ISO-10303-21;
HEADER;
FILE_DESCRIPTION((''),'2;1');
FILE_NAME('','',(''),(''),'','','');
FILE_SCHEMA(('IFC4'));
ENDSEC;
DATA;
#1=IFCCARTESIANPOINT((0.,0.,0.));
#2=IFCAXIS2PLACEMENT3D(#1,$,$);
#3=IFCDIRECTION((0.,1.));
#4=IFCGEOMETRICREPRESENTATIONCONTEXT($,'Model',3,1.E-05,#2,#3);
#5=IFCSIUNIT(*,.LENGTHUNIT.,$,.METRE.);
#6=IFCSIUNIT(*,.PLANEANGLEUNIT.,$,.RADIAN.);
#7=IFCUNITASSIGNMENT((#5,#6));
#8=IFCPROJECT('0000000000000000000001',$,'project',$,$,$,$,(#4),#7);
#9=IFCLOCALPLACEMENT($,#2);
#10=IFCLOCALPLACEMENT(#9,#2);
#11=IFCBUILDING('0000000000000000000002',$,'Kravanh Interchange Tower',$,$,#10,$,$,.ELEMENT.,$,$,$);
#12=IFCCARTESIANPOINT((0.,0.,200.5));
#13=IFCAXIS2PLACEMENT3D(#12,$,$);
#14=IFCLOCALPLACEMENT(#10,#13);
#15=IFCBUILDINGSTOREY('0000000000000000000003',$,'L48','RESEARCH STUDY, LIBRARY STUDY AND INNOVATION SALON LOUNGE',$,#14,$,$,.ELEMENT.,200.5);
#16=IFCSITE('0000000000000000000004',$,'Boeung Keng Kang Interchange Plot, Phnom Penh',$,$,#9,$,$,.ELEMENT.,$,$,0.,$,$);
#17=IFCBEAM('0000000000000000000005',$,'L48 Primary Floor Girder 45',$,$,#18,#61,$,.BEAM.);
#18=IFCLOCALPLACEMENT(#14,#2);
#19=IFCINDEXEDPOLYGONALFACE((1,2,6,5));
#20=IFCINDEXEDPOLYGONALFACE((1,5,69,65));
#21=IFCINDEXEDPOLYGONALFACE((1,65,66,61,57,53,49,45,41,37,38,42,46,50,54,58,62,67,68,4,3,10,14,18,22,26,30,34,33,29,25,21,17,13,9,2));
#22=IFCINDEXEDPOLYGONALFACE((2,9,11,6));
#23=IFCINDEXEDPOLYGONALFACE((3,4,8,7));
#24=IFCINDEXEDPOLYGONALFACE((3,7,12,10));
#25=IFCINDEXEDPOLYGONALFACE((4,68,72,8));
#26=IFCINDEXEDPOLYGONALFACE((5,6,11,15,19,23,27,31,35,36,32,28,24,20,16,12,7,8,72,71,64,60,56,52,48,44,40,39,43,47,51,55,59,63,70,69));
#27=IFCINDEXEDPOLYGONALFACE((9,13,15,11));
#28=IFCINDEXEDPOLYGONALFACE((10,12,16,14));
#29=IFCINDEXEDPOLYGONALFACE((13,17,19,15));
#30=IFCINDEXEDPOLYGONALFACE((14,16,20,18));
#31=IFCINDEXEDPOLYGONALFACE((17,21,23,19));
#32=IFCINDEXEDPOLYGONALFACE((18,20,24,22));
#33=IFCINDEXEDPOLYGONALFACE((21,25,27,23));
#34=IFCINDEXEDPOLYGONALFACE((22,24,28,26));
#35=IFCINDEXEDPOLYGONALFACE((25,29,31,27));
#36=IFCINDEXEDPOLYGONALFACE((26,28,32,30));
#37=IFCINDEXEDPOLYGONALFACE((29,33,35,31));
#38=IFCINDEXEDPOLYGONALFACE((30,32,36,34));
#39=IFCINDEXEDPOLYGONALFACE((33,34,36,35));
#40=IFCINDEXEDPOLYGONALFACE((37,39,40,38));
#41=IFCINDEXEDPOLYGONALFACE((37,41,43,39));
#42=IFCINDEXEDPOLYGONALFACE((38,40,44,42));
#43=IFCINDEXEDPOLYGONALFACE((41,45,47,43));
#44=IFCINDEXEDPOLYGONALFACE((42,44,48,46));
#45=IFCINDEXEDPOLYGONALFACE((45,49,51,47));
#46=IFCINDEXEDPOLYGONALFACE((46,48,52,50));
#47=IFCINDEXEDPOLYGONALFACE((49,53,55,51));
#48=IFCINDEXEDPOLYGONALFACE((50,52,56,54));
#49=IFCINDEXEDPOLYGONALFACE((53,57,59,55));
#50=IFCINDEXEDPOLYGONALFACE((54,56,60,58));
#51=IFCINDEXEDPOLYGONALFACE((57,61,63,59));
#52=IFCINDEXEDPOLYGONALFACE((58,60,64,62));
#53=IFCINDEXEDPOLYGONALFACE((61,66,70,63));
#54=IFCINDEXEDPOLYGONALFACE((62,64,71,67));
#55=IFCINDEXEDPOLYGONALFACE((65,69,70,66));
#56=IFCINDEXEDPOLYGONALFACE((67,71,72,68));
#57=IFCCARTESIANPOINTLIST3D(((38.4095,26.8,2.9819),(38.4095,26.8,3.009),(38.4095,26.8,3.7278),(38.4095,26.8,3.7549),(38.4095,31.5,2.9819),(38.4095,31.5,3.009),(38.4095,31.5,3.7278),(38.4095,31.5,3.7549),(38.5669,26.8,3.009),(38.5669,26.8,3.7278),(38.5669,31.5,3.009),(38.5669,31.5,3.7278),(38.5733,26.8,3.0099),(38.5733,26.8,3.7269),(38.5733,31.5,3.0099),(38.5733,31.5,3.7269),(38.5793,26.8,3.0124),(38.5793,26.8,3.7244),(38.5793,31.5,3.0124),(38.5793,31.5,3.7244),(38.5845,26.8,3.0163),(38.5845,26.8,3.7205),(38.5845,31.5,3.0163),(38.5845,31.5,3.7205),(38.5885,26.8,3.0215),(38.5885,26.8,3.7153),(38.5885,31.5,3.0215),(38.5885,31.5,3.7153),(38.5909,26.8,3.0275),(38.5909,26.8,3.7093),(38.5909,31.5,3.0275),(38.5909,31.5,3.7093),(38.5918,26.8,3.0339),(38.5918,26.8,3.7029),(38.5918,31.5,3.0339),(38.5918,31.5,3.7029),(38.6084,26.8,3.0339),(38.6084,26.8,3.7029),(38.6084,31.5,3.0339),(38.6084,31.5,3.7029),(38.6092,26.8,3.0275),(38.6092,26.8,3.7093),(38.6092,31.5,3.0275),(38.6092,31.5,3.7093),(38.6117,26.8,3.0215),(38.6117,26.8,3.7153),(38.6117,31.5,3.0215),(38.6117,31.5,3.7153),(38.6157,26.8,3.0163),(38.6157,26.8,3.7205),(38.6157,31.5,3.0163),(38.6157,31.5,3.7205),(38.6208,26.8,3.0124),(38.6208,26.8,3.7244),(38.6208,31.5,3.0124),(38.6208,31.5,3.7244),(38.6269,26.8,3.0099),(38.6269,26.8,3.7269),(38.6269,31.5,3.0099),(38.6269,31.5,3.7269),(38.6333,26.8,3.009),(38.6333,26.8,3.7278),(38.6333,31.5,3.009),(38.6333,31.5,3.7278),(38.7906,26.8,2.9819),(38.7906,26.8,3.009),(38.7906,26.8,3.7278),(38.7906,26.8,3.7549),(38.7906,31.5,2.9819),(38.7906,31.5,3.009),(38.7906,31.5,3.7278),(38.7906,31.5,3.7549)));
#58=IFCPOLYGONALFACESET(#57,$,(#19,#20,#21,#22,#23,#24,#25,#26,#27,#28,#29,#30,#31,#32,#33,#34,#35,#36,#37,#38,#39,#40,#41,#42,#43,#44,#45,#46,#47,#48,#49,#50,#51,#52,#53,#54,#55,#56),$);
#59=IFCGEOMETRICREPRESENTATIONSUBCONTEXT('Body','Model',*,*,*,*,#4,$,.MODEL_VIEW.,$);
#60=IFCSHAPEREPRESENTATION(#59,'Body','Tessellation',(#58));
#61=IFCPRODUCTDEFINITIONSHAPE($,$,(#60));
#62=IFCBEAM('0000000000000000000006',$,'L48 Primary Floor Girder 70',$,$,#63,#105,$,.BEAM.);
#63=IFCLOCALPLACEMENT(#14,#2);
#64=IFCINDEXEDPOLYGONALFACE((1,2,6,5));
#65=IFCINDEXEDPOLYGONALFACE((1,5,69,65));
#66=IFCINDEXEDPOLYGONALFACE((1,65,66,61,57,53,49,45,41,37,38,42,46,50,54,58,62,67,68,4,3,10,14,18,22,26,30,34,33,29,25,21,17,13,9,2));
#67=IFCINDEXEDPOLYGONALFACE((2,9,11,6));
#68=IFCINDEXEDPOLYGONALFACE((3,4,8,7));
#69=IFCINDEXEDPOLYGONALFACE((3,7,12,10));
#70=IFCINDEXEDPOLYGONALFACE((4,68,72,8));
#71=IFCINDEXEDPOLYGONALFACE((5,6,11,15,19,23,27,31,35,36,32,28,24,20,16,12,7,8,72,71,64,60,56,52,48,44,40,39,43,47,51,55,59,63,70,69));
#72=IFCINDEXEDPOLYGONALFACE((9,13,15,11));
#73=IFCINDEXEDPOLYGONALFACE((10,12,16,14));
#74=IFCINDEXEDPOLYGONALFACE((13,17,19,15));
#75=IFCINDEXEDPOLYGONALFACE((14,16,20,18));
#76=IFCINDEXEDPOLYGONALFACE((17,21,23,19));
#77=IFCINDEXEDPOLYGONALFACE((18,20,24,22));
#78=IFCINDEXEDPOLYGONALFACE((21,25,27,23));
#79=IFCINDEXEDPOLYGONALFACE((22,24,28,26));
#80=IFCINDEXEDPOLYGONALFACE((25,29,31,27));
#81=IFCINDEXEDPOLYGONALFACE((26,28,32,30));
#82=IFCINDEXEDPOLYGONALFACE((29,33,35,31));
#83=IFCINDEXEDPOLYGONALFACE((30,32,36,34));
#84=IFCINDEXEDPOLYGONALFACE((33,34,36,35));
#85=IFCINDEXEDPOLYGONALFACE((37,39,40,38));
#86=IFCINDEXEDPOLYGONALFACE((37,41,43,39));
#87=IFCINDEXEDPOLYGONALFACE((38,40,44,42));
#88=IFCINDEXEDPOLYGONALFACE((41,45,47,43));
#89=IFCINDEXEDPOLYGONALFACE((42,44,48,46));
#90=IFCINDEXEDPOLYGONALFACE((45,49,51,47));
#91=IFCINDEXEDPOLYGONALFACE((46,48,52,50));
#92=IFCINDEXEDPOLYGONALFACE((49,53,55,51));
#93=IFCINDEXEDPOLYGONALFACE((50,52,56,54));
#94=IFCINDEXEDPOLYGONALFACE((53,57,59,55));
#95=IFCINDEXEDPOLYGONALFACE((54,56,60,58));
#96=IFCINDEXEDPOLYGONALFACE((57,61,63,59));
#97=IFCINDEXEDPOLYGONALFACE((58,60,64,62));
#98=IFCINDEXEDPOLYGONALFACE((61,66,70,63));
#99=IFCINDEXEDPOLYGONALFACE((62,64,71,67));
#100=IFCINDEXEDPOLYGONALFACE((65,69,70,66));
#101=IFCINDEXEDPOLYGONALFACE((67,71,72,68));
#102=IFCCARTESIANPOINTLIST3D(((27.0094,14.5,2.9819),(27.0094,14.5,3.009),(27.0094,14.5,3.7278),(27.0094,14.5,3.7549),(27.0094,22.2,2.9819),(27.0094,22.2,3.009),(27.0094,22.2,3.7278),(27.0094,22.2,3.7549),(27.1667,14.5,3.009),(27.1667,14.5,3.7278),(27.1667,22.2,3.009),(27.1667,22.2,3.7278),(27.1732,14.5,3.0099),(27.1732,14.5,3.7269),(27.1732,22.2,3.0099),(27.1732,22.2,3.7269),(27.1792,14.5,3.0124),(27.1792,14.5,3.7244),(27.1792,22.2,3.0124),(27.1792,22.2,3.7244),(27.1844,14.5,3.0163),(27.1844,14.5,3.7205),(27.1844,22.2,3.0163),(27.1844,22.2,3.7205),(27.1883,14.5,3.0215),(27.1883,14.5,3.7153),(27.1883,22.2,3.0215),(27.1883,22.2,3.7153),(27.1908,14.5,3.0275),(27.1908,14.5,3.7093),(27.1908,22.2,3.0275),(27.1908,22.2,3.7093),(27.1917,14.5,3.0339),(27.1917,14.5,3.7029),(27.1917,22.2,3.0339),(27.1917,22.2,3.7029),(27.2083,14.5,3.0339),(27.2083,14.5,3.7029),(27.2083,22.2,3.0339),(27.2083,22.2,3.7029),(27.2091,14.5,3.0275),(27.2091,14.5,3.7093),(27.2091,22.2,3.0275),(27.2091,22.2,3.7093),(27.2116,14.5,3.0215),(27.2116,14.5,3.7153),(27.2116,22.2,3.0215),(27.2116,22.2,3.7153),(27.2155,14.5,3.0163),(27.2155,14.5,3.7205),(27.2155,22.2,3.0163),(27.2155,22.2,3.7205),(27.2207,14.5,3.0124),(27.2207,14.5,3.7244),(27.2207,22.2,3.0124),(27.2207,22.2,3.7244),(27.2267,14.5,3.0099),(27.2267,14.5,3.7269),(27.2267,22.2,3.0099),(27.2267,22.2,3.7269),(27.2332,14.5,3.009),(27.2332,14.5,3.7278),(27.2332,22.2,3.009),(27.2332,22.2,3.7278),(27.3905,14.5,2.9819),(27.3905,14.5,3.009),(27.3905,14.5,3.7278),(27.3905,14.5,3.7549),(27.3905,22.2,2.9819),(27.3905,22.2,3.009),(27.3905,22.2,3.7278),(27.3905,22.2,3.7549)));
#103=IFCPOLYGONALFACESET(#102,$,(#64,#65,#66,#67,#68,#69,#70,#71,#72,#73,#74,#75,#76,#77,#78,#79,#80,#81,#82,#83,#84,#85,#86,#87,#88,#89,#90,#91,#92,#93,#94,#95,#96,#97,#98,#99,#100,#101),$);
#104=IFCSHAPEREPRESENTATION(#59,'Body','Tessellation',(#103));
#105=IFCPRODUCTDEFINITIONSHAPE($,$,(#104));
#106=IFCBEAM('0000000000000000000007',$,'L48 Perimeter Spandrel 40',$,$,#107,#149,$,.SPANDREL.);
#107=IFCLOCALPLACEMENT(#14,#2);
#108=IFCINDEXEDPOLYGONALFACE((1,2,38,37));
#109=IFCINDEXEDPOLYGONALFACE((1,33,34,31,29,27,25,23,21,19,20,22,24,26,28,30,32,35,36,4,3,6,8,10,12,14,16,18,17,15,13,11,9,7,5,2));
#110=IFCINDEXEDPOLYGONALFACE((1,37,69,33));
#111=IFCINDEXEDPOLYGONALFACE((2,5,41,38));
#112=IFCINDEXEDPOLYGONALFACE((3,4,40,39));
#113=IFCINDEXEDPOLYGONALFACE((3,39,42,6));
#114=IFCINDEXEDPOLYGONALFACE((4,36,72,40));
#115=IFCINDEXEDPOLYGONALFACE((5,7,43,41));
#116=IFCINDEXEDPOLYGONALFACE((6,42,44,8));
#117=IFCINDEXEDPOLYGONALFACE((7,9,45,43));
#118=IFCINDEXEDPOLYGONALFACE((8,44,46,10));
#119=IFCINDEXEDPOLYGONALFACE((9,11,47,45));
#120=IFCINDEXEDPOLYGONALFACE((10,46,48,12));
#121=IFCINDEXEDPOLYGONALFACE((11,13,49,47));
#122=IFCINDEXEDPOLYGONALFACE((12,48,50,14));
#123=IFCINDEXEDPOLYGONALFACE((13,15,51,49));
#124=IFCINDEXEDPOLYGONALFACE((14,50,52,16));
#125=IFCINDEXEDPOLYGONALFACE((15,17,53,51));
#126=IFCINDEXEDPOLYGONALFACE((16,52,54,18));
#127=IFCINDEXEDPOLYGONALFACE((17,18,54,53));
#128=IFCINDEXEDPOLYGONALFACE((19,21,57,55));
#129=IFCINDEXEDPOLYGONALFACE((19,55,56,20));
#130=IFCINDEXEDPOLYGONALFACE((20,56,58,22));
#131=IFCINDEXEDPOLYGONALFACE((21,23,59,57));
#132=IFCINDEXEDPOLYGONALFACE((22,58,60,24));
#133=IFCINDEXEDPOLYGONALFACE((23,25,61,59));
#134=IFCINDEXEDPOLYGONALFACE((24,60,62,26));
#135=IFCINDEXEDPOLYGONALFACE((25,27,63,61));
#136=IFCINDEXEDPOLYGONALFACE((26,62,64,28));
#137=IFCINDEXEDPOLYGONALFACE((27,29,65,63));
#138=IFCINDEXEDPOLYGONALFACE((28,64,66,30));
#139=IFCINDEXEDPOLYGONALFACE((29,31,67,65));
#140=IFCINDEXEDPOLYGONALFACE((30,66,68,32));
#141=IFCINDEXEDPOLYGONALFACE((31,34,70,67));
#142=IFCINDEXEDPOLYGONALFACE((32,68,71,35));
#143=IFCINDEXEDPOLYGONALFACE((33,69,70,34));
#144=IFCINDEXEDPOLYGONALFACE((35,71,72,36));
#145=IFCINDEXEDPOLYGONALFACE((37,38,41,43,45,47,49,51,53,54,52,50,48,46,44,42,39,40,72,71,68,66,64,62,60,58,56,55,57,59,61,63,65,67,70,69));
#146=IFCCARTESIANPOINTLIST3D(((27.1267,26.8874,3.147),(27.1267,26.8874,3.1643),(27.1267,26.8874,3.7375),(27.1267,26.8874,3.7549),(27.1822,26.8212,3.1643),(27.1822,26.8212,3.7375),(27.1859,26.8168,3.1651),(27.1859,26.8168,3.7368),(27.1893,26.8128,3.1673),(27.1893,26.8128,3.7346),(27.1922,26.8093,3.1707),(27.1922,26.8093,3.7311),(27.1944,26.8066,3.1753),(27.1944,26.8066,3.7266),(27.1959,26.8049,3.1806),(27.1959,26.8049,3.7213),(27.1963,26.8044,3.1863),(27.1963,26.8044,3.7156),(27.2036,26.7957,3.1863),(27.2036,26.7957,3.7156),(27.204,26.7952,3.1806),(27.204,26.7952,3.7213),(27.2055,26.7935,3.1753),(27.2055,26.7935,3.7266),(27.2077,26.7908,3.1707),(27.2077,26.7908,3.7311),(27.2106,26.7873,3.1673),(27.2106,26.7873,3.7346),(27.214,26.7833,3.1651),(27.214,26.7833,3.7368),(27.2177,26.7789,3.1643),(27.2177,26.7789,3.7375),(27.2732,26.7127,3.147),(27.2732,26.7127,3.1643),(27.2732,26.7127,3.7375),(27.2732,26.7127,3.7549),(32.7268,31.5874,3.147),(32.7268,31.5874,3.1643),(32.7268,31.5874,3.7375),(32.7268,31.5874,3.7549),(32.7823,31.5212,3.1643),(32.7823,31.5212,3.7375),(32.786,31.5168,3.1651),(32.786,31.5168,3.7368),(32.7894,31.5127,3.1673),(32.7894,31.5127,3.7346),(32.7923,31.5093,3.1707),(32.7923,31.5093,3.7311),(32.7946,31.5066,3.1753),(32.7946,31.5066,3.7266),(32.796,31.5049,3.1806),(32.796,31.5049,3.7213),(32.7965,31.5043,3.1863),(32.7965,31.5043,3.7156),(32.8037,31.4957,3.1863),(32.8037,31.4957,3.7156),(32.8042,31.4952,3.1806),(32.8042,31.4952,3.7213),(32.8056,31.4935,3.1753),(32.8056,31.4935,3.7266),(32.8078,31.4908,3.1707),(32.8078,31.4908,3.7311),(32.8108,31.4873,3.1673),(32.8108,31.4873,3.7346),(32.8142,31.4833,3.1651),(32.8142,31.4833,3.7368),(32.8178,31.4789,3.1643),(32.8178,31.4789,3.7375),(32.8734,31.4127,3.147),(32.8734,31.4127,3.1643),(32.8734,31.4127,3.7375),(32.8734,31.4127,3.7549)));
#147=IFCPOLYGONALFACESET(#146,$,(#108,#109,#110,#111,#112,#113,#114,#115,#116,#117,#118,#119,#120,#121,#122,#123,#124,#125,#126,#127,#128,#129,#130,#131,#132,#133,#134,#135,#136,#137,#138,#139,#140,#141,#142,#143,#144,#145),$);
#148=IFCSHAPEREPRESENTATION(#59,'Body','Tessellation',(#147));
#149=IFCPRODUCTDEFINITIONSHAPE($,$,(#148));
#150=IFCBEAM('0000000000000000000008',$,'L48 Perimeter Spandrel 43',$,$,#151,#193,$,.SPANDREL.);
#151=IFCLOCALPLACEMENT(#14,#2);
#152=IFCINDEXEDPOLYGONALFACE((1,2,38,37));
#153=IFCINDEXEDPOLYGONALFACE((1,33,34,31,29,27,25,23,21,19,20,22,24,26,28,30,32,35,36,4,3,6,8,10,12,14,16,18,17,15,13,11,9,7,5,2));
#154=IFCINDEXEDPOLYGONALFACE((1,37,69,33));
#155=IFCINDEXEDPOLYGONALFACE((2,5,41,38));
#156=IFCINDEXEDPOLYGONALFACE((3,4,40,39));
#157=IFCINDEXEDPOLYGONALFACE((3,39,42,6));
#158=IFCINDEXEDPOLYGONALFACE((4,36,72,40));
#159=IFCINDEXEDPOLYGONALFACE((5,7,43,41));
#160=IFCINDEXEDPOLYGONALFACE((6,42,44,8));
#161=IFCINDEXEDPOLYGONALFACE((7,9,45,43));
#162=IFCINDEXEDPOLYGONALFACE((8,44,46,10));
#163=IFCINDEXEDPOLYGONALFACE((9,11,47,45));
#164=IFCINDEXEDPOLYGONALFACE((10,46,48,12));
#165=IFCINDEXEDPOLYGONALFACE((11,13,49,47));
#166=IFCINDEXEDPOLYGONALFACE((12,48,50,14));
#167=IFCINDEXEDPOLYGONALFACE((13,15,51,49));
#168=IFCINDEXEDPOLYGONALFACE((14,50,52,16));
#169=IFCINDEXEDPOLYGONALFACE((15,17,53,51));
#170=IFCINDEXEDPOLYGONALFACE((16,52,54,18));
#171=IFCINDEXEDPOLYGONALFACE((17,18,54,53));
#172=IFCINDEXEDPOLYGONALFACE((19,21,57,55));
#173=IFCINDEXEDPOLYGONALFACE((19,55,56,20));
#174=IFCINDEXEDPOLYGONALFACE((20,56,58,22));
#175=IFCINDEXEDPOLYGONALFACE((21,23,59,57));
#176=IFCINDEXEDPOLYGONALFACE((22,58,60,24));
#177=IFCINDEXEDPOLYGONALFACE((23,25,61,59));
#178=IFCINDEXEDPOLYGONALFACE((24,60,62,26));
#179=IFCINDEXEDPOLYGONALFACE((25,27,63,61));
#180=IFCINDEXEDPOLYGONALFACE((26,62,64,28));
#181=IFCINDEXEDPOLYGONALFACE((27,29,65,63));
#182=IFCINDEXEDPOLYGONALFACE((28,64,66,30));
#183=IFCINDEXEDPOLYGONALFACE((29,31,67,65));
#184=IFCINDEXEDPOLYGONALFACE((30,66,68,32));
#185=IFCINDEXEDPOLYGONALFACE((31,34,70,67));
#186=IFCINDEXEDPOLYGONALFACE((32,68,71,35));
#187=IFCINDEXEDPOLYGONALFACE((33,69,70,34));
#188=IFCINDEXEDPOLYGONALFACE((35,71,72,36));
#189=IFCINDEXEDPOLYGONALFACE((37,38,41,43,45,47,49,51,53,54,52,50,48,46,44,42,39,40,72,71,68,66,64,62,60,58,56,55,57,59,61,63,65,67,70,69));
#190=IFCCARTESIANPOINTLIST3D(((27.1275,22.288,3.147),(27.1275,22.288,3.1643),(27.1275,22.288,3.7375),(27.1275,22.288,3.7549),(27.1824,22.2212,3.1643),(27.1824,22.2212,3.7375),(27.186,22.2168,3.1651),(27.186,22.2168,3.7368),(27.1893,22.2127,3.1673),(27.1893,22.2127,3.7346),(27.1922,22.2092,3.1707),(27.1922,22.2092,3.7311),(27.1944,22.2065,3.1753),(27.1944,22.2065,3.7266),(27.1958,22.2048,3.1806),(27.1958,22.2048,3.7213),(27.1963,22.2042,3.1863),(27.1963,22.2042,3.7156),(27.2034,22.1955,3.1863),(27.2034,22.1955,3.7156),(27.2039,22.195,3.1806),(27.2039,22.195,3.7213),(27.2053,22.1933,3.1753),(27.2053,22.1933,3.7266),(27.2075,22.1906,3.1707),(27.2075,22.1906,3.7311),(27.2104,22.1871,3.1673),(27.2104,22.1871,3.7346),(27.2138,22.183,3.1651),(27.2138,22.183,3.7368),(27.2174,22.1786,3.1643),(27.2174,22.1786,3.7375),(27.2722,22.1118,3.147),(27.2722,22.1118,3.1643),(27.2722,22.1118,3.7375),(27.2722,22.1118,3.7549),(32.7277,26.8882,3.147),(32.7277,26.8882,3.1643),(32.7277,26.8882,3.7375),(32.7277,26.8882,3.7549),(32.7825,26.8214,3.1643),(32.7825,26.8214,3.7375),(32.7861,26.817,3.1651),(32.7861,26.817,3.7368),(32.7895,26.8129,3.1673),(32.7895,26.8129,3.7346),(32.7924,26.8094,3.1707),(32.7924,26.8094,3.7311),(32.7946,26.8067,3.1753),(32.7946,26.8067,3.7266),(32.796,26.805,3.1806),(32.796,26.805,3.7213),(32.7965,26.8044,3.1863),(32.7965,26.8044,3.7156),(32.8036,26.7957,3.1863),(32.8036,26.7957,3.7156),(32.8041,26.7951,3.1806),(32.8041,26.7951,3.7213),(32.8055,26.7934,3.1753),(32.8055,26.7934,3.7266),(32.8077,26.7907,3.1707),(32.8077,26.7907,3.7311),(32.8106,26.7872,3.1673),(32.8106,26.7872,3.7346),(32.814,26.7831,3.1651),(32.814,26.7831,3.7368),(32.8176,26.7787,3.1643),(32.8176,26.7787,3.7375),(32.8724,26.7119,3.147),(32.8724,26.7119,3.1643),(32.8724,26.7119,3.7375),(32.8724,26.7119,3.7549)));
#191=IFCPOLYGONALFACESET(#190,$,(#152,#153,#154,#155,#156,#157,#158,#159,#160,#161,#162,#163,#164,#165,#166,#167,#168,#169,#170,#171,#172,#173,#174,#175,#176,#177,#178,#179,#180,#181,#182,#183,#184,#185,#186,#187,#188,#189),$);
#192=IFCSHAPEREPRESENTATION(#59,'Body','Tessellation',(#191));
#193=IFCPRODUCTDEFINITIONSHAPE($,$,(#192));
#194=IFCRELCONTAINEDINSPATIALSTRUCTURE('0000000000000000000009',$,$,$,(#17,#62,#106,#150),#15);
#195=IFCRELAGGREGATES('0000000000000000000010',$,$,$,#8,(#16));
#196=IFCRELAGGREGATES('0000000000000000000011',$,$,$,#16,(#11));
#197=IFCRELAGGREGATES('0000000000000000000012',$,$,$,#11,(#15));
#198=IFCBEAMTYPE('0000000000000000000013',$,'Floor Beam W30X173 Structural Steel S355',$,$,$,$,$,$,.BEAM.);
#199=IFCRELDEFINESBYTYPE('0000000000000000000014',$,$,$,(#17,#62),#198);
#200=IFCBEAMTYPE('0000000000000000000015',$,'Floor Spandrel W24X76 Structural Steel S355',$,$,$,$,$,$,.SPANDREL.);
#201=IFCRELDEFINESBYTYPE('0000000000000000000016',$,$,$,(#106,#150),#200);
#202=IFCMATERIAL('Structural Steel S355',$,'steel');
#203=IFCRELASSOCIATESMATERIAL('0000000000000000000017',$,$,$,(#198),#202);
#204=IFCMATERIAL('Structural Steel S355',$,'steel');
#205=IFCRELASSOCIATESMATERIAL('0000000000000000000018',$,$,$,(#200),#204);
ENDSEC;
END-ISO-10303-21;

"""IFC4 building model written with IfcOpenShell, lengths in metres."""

from ifc_helpers import new_model, si_unit, direction, frame, origin, origin_2d, place, context, subcontext, project, spatial, i_section, extrude, material, material_profile, profile_set, type_object, element, save


model = new_model("IFC4")

# Units and contexts
model_context = context("Model", 3, precision=1e-05, world=origin(), true_north=direction((0.0, 1.0)))
body_context = subcontext(model_context, "Body", "Model", "MODEL_VIEW")
ifc_project = project(units=[si_unit("LENGTHUNIT", "METRE"), si_unit("PLANEANGLEUNIT", "RADIAN")], contexts=[model_context])

# Site, building, storey
site_placement = place(None, origin())
site = spatial("IfcSite", under=ifc_project, at=site_placement, Name="Boeung Keng Kang Interchange Plot, Phnom Penh", CompositionType="ELEMENT", RefElevation=0.0)
building_placement = place(site_placement, origin())
building = spatial("IfcBuilding", under=site, at=building_placement, Name="Kravanh Interchange Tower", CompositionType="ELEMENT")
storey_placement = place(building_placement, frame((0.0, 0.0, 200.5)))
storey = spatial("IfcBuildingStorey", under=building, at=storey_placement, Name="L48", Description="RESEARCH STUDY, LIBRARY STUDY AND INNOVATION SALON LOUNGE", CompositionType="ELEMENT", Elevation=200.5)

# Beams
ifc_material_1 = material(Name="Structural Steel S355", Category="steel")
ifc_material_profile_1 = material_profile(ifc_material_1, i_section(OverallWidth=0.3811, OverallDepth=0.7729, WebThickness=0.0166, FlangeThickness=0.0271, FilletRadius=0.0249, at=origin_2d()), Name="W30X173")
ifc_profile_set_1 = profile_set([ifc_material_profile_1], Name="Structural Steel S355")
beam_type_1 = type_object("IfcBeamType", Name="Floor Beam W30X173 Structural Steel S355", PredefinedType="BEAM", material=ifc_profile_set_1)
beam_1_placement = place(storey_placement, frame((38.6001, 26.8, 3.3684), z_axis=(0.0, 1.0, 0.0), x_axis=(-1.0, 0.0, 0.0)))
element("IfcBeam", 1, at=beam_1_placement, inside=storey, type_object=beam_type_1, Name="L48 Primary Floor Girder 45", PredefinedType="BEAM", context=body_context, shape_type="SweptSolid", body=[
    extrude(i_section(OverallWidth=0.3811, OverallDepth=0.7729, WebThickness=0.0166, FlangeThickness=0.0271, FilletRadius=0.0249, at=origin_2d()), origin(), (0.0, 0.0, 1.0), 4.7),
])
beam_2_placement = place(storey_placement, frame((27.2, 14.5, 3.3684), z_axis=(0.0, 1.0, 0.0), x_axis=(-1.0, 0.0, 0.0)))
element("IfcBeam", 2, at=beam_2_placement, inside=storey, type_object=beam_type_1, Name="L48 Primary Floor Girder 70", PredefinedType="BEAM", context=body_context, shape_type="SweptSolid", body=[
    extrude(i_section(OverallWidth=0.3811, OverallDepth=0.7729, WebThickness=0.0166, FlangeThickness=0.0271, FilletRadius=0.0249, at=origin_2d()), origin(), (0.0, 0.0, 1.0), 7.7),
])
ifc_material_2 = material(Name="Structural Steel S355", Category="steel")
ifc_material_profile_2 = material_profile(ifc_material_2, i_section(OverallWidth=0.228, OverallDepth=0.6079, WebThickness=0.0112, FlangeThickness=0.0173, FilletRadius=0.022, at=origin_2d()), Name="W24X76")
ifc_profile_set_2 = profile_set([ifc_material_profile_2], Name="Structural Steel S355")
beam_type_2 = type_object("IfcBeamType", Name="Floor Spandrel W24X76 Structural Steel S355", PredefinedType="SPANDREL", material=ifc_profile_set_2)
beam_3_placement = place(storey_placement, frame((27.2, 26.8, 3.4509), z_axis=(0.765983, 0.642861, 0.0), x_axis=(-0.642861, 0.765983, 0.0)))
element("IfcBeam", 3, at=beam_3_placement, inside=storey, type_object=beam_type_2, Name="L48 Perimeter Spandrel 40", PredefinedType="SPANDREL", context=body_context, shape_type="SweptSolid", body=[
    extrude(i_section(OverallWidth=0.228, OverallDepth=0.6079, WebThickness=0.0112, FlangeThickness=0.0173, FilletRadius=0.022, at=origin_2d()), origin(), (0.0, 0.0, 1.0), 7.311),
])
beam_4_placement = place(storey_placement, frame((32.8, 26.8, 3.4509), z_axis=(-0.772725, -0.634741, 0.0), x_axis=(0.634741, -0.772725, 0.0)))
element("IfcBeam", 4, at=beam_4_placement, inside=storey, type_object=beam_type_2, Name="L48 Perimeter Spandrel 43", PredefinedType="SPANDREL", context=body_context, shape_type="SweptSolid", body=[
    extrude(i_section(OverallWidth=0.228, OverallDepth=0.6079, WebThickness=0.0112, FlangeThickness=0.0173, FilletRadius=0.022, at=origin_2d()), origin(), (0.0, 0.0, 1.0), 7.2473),
])

save(model, "model.ifc")
